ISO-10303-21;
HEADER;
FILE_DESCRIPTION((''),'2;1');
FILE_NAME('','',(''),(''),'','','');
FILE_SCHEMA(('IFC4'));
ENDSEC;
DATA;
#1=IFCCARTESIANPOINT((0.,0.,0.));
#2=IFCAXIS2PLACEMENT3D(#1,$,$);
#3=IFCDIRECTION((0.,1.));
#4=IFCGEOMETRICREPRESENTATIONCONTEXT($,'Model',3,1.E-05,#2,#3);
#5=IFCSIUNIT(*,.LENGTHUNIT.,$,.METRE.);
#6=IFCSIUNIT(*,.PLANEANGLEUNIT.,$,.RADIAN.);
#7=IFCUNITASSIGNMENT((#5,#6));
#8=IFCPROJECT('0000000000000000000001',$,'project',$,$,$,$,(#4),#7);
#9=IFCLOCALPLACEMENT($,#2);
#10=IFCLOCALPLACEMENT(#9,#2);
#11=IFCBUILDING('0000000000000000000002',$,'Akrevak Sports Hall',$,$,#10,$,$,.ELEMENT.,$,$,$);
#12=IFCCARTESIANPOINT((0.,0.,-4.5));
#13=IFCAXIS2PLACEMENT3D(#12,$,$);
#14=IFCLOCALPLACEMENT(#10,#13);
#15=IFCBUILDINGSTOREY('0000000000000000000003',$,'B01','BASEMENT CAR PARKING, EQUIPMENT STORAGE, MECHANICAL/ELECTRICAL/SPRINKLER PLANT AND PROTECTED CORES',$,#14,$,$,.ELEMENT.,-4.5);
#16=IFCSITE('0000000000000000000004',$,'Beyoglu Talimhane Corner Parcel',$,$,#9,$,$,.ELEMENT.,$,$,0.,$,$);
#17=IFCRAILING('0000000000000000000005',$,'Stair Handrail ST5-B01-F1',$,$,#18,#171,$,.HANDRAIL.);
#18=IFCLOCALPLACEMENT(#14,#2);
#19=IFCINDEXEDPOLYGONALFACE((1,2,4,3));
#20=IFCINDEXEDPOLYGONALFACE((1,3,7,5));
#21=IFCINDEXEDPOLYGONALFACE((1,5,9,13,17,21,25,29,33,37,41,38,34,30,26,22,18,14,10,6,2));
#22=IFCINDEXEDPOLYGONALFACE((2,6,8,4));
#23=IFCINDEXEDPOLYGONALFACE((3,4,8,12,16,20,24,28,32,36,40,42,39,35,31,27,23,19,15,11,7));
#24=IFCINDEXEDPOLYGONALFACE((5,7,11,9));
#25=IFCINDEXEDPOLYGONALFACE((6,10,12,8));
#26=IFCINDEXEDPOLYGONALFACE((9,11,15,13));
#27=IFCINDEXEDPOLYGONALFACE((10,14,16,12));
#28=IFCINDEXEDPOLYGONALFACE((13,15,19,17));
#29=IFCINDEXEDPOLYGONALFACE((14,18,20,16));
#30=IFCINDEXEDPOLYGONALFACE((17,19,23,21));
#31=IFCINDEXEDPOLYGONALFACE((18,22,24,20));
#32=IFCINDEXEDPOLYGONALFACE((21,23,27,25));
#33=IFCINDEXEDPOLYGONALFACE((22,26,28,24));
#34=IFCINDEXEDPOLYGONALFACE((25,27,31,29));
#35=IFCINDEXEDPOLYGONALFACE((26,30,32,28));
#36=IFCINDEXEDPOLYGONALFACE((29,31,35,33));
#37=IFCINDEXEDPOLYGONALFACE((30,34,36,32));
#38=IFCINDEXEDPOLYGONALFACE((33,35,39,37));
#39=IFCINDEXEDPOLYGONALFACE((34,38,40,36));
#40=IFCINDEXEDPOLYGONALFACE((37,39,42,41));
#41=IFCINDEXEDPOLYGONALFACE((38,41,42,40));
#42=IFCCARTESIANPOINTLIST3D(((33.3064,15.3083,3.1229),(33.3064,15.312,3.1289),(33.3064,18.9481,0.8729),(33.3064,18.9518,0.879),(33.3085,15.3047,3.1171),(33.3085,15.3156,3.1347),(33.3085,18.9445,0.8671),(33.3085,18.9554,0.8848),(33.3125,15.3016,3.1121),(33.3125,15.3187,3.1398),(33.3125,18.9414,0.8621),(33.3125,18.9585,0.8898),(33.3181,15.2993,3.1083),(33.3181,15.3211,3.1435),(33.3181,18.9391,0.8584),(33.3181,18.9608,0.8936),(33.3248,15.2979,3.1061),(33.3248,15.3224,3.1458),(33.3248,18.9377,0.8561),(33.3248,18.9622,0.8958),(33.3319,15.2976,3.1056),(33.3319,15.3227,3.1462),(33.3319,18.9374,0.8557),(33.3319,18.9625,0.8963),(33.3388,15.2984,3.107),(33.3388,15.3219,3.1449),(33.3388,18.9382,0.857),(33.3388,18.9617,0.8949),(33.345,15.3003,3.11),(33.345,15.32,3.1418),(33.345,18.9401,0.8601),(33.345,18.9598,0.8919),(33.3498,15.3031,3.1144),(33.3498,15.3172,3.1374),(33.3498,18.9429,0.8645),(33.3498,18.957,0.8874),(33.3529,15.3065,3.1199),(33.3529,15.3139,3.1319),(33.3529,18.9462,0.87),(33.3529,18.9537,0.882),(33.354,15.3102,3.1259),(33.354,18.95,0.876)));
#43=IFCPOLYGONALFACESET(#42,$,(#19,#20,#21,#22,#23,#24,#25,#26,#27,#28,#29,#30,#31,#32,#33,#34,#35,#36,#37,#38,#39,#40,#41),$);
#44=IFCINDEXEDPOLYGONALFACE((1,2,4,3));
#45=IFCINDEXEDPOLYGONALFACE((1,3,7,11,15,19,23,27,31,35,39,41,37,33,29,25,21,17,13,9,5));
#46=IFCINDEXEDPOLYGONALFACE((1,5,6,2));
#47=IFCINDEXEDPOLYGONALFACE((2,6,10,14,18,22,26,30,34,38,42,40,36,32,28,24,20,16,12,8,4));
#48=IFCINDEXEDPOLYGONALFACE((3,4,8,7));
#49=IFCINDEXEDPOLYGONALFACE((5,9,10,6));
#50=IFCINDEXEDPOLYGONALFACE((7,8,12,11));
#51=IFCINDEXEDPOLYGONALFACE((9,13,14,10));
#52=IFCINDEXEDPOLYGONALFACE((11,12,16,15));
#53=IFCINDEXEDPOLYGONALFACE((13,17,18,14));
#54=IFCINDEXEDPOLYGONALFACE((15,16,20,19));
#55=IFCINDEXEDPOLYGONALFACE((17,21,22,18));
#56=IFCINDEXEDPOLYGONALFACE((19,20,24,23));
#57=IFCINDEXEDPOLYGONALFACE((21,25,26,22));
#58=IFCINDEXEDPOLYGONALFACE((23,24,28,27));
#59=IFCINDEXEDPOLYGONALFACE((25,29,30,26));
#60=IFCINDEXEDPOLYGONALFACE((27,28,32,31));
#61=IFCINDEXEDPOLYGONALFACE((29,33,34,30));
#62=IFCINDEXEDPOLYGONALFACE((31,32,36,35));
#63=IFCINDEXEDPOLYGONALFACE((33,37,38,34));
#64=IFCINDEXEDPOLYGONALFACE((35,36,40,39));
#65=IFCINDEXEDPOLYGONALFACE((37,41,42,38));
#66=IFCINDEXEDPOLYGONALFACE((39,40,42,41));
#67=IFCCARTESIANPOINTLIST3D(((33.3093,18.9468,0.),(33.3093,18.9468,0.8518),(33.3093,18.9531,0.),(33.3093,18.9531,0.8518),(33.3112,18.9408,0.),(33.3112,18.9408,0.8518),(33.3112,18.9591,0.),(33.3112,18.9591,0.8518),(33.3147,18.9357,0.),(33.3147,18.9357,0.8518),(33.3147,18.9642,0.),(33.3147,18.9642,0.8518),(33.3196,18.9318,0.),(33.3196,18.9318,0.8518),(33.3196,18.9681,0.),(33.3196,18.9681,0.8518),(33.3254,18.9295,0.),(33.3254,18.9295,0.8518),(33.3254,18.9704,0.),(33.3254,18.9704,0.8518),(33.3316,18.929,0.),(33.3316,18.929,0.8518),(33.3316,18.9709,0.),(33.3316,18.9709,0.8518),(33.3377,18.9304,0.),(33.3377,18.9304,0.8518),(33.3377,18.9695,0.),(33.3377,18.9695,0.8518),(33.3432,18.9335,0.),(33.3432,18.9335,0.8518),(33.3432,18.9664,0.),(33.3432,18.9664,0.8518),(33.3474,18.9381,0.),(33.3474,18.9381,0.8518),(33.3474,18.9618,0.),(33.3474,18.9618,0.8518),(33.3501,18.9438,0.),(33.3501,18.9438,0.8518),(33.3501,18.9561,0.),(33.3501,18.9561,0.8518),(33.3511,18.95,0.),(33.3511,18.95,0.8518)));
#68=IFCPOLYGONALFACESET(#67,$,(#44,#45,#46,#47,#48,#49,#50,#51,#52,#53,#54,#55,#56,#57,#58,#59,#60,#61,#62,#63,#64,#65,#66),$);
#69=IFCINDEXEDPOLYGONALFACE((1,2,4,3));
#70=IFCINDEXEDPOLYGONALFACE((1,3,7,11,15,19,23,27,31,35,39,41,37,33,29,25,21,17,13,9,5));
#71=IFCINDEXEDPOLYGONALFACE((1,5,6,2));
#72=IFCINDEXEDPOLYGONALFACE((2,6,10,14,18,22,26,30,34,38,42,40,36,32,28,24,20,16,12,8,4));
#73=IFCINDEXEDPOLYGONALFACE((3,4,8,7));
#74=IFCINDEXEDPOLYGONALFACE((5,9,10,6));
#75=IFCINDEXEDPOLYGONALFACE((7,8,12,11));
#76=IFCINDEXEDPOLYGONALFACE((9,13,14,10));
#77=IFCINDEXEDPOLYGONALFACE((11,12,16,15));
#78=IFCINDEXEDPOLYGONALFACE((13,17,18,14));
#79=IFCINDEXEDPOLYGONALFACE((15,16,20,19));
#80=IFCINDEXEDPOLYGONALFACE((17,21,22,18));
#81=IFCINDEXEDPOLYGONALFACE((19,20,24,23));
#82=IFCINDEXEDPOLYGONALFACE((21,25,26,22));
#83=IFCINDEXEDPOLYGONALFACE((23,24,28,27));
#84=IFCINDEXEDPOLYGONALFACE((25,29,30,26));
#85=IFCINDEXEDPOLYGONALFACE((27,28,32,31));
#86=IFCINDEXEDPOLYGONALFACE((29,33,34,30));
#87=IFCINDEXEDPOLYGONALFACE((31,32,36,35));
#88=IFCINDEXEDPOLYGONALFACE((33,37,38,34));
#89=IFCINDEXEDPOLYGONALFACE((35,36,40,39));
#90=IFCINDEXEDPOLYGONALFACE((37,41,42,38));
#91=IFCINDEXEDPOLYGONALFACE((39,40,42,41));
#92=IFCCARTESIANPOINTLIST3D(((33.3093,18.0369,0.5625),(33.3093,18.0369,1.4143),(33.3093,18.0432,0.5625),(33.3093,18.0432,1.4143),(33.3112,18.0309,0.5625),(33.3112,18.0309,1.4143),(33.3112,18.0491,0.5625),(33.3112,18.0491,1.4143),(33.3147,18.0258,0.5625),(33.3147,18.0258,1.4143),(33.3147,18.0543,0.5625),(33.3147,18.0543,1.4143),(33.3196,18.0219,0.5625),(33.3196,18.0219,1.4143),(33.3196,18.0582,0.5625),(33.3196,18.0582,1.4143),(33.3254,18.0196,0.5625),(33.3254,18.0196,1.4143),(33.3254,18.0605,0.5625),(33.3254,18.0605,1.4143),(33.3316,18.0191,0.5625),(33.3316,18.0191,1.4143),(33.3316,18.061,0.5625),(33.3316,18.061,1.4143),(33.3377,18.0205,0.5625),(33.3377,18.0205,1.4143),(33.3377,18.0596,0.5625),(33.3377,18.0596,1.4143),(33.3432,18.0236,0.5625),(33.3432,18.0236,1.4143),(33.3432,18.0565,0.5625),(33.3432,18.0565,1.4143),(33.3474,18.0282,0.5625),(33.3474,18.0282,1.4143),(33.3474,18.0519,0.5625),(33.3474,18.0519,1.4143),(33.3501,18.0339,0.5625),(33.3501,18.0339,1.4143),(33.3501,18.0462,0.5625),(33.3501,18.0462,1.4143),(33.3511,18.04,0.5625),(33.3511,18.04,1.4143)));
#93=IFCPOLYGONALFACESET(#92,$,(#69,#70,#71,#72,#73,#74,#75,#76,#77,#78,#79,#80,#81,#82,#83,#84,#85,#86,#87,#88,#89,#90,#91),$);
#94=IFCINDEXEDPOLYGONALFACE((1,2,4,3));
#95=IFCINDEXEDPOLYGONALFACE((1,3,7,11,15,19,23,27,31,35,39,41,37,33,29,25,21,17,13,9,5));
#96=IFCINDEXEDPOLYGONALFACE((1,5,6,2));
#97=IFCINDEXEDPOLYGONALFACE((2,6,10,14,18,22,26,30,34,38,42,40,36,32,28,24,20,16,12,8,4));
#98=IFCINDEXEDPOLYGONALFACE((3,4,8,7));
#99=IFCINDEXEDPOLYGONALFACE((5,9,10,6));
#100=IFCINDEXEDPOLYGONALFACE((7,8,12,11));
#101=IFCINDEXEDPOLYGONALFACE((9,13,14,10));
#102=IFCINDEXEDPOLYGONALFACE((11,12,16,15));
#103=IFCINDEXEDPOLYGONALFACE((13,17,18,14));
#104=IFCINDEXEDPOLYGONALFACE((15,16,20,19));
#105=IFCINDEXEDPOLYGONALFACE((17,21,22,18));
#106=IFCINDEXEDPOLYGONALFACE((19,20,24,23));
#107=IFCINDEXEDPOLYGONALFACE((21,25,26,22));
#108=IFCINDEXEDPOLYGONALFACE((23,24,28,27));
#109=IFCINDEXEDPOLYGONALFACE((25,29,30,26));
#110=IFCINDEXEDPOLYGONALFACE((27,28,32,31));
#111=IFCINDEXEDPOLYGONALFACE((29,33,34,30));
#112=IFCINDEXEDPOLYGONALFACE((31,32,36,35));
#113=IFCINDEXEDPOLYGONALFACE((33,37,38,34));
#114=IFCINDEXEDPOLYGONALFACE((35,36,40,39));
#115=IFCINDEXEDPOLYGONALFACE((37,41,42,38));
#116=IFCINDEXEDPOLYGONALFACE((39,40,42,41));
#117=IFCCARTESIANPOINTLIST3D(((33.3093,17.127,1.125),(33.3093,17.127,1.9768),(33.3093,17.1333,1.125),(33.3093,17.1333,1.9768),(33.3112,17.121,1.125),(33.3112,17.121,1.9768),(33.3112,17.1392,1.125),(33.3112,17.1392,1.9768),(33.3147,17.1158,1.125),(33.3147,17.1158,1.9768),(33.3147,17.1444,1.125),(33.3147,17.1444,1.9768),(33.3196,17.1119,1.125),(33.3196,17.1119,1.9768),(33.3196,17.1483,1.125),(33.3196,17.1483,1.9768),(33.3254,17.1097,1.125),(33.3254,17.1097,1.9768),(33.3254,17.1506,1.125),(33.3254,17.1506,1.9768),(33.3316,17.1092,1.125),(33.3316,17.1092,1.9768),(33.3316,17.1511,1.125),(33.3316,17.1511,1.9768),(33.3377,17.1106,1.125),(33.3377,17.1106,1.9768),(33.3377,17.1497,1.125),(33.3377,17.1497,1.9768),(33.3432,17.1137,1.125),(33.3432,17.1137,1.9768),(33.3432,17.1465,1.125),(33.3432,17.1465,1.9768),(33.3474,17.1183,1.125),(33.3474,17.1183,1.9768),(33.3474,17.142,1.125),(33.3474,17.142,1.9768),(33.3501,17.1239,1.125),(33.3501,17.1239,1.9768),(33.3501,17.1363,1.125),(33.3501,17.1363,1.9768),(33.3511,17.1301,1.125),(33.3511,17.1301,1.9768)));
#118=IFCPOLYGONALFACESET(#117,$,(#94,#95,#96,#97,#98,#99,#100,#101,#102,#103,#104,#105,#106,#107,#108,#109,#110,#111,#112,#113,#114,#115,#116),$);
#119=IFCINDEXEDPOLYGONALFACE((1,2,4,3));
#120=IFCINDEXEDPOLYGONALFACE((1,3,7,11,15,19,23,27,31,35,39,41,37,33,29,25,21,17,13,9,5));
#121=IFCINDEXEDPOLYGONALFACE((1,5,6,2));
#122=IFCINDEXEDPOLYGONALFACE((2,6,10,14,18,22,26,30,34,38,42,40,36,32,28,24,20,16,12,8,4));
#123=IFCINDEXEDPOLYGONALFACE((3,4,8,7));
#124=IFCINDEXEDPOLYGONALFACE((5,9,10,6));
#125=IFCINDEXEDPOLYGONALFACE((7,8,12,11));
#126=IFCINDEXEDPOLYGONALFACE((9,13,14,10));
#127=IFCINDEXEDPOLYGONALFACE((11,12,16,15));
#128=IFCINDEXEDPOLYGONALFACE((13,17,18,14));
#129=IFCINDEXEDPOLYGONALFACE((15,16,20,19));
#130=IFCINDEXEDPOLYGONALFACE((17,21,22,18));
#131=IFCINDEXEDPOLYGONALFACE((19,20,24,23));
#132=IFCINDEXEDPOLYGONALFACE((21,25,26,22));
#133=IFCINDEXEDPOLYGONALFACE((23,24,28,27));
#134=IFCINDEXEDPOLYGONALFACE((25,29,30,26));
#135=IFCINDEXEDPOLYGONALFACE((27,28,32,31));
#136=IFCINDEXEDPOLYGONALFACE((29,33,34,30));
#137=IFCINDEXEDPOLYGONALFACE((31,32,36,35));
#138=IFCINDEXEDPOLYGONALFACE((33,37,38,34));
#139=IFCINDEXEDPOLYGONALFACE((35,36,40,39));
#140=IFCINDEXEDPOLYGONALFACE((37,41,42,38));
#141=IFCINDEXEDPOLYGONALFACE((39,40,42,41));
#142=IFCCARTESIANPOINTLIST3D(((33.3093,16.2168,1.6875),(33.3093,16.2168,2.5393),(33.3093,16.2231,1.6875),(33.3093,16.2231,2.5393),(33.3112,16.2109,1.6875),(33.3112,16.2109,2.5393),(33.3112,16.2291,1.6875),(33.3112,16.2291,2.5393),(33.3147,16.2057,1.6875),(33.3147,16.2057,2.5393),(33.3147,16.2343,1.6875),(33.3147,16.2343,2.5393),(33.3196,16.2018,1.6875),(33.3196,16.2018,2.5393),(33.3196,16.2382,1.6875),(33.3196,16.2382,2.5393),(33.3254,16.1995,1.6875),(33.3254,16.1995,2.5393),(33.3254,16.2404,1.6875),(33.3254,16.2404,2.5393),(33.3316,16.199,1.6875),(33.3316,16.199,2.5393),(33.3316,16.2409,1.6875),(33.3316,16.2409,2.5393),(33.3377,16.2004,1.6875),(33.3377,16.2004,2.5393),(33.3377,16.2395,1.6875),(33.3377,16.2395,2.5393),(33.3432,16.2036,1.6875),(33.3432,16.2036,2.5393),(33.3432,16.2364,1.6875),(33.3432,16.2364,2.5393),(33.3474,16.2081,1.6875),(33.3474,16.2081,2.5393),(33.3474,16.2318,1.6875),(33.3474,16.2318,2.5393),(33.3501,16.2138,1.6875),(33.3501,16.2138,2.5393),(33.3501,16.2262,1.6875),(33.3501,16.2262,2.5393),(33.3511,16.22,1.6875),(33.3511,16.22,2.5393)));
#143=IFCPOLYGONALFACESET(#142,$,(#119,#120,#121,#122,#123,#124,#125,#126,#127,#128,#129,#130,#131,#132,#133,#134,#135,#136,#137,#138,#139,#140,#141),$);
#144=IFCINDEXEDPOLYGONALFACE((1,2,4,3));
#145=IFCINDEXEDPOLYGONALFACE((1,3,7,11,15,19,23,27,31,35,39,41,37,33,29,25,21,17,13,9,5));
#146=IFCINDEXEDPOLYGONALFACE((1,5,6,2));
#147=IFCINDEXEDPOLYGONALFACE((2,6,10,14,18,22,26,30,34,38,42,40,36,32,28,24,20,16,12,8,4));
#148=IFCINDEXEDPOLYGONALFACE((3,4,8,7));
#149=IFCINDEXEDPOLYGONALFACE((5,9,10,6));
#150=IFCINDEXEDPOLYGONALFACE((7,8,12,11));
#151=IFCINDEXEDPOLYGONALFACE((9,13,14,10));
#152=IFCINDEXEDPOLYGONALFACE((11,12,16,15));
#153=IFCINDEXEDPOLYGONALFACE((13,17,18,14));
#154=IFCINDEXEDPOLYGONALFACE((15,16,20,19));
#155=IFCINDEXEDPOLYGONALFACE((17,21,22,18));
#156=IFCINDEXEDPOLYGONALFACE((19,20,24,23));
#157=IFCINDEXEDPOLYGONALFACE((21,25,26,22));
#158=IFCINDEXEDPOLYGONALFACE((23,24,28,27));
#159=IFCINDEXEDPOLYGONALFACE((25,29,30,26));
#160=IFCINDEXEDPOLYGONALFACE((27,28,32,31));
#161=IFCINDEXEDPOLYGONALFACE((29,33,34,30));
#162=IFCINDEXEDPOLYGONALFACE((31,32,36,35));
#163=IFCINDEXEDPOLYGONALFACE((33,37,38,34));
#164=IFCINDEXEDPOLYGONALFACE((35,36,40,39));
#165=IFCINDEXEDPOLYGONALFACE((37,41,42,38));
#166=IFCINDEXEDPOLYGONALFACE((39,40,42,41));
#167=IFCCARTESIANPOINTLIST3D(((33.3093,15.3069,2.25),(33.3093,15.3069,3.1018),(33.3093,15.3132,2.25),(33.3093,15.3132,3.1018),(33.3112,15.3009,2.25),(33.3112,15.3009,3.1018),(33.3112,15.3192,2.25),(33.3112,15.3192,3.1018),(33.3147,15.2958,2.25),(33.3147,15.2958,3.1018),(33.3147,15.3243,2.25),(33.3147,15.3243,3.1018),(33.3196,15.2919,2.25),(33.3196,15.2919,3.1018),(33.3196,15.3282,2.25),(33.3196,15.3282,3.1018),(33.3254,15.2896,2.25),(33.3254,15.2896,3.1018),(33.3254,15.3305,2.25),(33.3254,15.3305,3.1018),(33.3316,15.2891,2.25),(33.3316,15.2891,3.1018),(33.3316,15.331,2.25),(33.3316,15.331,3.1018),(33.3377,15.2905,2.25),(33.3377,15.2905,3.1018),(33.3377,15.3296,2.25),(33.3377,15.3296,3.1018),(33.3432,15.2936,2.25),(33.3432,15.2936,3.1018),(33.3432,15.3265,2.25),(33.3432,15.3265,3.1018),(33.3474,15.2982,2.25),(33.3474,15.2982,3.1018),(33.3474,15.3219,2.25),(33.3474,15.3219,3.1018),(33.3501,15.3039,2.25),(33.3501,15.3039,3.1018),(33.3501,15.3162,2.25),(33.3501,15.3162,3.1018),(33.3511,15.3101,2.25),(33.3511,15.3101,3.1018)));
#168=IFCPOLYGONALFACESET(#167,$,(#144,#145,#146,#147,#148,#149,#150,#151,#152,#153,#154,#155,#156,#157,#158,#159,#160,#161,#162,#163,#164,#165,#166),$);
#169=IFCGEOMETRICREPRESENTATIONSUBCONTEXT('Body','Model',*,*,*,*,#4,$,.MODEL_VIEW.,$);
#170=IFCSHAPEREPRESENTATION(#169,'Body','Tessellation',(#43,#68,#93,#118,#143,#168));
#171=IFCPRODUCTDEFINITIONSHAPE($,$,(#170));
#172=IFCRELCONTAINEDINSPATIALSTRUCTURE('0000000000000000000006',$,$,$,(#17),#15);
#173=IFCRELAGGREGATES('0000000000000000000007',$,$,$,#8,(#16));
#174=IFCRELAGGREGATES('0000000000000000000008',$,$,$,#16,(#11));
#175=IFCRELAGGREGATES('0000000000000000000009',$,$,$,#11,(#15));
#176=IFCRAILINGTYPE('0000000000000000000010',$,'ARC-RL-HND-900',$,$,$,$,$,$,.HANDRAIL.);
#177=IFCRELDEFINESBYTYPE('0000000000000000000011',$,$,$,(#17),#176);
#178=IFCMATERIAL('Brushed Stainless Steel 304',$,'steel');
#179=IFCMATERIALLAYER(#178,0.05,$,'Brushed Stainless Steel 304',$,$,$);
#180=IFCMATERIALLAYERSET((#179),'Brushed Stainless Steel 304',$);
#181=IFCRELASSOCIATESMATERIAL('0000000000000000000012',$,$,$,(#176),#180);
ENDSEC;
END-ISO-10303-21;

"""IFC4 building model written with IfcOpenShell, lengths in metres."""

from ifc_helpers import new_model, si_unit, direction, frame, origin, origin_2d, place, context, subcontext, project, spatial, circle, extrude, material, layer, layer_set, type_object, element, save


model = new_model("IFC4")

# Units and contexts
model_context = context("Model", 3, precision=1e-05, world=origin(), true_north=direction((0.0, 1.0)))
body_context = subcontext(model_context, "Body", "Model", "MODEL_VIEW")
ifc_project = project(units=[si_unit("LENGTHUNIT", "METRE"), si_unit("PLANEANGLEUNIT", "RADIAN")], contexts=[model_context])

# Site, building, storey
site_placement = place(None, origin())
site = spatial("IfcSite", under=ifc_project, at=site_placement, Name="Beyoglu Talimhane Corner Parcel", CompositionType="ELEMENT", RefElevation=0.0)
building_placement = place(site_placement, origin())
building = spatial("IfcBuilding", under=site, at=building_placement, Name="Akrevak Sports Hall", CompositionType="ELEMENT")
storey_placement = place(building_placement, frame((0.0, 0.0, -4.5)))
storey = spatial("IfcBuildingStorey", under=building, at=storey_placement, Name="B01", Description="BASEMENT CAR PARKING, EQUIPMENT STORAGE, MECHANICAL/ELECTRICAL/SPRINKLER PLANT AND PROTECTED CORES", CompositionType="ELEMENT", Elevation=-4.5)

# Railing
ifc_material_1 = material(Name="Brushed Stainless Steel 304", Category="steel")
ifc_layer_1 = layer(ifc_material_1, 0.05, Name="Brushed Stainless Steel 304")
ifc_layer_set_1 = layer_set([ifc_layer_1], Name="Brushed Stainless Steel 304")
railing_type_1 = type_object("IfcRailingType", Name="ARC-RL-HND-900", PredefinedType="HANDRAIL", material=ifc_layer_set_1)
railing_1_placement = place(storey_placement, frame((33.3301, 18.95, 0.0)))
element("IfcRailing", 1, at=railing_1_placement, inside=storey, type_object=railing_type_1, Name="Stair Handrail ST5-B01-F1", PredefinedType="HANDRAIL", context=body_context, shape_type="SweptSolid", body=[
    extrude(circle(Radius=0.0239, at=origin_2d()), frame((0.0, 0.0, 0.876), z_axis=(0.0, -0.850607, 0.525803), x_axis=(1.0, 0.0, 0.0)), (0.0, 0.0, 1.0), 4.2791),
    extrude(circle(Radius=0.021, at=origin_2d()), origin(), (0.0, 0.0, 1.0), 0.8518),
    extrude(circle(Radius=0.021, at=origin_2d()), frame((0.0, -0.9099, 0.5625)), (0.0, 0.0, 1.0), 0.8518),
    extrude(circle(Radius=0.021, at=origin_2d()), frame((0.0, -1.8198, 1.125)), (0.0, 0.0, 1.0), 0.8518),
    extrude(circle(Radius=0.021, at=origin_2d()), frame((0.0, -2.73, 1.6875)), (0.0, 0.0, 1.0), 0.8518),
    extrude(circle(Radius=0.021, at=origin_2d()), frame((0.0, -3.6399, 2.25)), (0.0, 0.0, 1.0), 0.8518),
])

save(model, "model.ifc")
